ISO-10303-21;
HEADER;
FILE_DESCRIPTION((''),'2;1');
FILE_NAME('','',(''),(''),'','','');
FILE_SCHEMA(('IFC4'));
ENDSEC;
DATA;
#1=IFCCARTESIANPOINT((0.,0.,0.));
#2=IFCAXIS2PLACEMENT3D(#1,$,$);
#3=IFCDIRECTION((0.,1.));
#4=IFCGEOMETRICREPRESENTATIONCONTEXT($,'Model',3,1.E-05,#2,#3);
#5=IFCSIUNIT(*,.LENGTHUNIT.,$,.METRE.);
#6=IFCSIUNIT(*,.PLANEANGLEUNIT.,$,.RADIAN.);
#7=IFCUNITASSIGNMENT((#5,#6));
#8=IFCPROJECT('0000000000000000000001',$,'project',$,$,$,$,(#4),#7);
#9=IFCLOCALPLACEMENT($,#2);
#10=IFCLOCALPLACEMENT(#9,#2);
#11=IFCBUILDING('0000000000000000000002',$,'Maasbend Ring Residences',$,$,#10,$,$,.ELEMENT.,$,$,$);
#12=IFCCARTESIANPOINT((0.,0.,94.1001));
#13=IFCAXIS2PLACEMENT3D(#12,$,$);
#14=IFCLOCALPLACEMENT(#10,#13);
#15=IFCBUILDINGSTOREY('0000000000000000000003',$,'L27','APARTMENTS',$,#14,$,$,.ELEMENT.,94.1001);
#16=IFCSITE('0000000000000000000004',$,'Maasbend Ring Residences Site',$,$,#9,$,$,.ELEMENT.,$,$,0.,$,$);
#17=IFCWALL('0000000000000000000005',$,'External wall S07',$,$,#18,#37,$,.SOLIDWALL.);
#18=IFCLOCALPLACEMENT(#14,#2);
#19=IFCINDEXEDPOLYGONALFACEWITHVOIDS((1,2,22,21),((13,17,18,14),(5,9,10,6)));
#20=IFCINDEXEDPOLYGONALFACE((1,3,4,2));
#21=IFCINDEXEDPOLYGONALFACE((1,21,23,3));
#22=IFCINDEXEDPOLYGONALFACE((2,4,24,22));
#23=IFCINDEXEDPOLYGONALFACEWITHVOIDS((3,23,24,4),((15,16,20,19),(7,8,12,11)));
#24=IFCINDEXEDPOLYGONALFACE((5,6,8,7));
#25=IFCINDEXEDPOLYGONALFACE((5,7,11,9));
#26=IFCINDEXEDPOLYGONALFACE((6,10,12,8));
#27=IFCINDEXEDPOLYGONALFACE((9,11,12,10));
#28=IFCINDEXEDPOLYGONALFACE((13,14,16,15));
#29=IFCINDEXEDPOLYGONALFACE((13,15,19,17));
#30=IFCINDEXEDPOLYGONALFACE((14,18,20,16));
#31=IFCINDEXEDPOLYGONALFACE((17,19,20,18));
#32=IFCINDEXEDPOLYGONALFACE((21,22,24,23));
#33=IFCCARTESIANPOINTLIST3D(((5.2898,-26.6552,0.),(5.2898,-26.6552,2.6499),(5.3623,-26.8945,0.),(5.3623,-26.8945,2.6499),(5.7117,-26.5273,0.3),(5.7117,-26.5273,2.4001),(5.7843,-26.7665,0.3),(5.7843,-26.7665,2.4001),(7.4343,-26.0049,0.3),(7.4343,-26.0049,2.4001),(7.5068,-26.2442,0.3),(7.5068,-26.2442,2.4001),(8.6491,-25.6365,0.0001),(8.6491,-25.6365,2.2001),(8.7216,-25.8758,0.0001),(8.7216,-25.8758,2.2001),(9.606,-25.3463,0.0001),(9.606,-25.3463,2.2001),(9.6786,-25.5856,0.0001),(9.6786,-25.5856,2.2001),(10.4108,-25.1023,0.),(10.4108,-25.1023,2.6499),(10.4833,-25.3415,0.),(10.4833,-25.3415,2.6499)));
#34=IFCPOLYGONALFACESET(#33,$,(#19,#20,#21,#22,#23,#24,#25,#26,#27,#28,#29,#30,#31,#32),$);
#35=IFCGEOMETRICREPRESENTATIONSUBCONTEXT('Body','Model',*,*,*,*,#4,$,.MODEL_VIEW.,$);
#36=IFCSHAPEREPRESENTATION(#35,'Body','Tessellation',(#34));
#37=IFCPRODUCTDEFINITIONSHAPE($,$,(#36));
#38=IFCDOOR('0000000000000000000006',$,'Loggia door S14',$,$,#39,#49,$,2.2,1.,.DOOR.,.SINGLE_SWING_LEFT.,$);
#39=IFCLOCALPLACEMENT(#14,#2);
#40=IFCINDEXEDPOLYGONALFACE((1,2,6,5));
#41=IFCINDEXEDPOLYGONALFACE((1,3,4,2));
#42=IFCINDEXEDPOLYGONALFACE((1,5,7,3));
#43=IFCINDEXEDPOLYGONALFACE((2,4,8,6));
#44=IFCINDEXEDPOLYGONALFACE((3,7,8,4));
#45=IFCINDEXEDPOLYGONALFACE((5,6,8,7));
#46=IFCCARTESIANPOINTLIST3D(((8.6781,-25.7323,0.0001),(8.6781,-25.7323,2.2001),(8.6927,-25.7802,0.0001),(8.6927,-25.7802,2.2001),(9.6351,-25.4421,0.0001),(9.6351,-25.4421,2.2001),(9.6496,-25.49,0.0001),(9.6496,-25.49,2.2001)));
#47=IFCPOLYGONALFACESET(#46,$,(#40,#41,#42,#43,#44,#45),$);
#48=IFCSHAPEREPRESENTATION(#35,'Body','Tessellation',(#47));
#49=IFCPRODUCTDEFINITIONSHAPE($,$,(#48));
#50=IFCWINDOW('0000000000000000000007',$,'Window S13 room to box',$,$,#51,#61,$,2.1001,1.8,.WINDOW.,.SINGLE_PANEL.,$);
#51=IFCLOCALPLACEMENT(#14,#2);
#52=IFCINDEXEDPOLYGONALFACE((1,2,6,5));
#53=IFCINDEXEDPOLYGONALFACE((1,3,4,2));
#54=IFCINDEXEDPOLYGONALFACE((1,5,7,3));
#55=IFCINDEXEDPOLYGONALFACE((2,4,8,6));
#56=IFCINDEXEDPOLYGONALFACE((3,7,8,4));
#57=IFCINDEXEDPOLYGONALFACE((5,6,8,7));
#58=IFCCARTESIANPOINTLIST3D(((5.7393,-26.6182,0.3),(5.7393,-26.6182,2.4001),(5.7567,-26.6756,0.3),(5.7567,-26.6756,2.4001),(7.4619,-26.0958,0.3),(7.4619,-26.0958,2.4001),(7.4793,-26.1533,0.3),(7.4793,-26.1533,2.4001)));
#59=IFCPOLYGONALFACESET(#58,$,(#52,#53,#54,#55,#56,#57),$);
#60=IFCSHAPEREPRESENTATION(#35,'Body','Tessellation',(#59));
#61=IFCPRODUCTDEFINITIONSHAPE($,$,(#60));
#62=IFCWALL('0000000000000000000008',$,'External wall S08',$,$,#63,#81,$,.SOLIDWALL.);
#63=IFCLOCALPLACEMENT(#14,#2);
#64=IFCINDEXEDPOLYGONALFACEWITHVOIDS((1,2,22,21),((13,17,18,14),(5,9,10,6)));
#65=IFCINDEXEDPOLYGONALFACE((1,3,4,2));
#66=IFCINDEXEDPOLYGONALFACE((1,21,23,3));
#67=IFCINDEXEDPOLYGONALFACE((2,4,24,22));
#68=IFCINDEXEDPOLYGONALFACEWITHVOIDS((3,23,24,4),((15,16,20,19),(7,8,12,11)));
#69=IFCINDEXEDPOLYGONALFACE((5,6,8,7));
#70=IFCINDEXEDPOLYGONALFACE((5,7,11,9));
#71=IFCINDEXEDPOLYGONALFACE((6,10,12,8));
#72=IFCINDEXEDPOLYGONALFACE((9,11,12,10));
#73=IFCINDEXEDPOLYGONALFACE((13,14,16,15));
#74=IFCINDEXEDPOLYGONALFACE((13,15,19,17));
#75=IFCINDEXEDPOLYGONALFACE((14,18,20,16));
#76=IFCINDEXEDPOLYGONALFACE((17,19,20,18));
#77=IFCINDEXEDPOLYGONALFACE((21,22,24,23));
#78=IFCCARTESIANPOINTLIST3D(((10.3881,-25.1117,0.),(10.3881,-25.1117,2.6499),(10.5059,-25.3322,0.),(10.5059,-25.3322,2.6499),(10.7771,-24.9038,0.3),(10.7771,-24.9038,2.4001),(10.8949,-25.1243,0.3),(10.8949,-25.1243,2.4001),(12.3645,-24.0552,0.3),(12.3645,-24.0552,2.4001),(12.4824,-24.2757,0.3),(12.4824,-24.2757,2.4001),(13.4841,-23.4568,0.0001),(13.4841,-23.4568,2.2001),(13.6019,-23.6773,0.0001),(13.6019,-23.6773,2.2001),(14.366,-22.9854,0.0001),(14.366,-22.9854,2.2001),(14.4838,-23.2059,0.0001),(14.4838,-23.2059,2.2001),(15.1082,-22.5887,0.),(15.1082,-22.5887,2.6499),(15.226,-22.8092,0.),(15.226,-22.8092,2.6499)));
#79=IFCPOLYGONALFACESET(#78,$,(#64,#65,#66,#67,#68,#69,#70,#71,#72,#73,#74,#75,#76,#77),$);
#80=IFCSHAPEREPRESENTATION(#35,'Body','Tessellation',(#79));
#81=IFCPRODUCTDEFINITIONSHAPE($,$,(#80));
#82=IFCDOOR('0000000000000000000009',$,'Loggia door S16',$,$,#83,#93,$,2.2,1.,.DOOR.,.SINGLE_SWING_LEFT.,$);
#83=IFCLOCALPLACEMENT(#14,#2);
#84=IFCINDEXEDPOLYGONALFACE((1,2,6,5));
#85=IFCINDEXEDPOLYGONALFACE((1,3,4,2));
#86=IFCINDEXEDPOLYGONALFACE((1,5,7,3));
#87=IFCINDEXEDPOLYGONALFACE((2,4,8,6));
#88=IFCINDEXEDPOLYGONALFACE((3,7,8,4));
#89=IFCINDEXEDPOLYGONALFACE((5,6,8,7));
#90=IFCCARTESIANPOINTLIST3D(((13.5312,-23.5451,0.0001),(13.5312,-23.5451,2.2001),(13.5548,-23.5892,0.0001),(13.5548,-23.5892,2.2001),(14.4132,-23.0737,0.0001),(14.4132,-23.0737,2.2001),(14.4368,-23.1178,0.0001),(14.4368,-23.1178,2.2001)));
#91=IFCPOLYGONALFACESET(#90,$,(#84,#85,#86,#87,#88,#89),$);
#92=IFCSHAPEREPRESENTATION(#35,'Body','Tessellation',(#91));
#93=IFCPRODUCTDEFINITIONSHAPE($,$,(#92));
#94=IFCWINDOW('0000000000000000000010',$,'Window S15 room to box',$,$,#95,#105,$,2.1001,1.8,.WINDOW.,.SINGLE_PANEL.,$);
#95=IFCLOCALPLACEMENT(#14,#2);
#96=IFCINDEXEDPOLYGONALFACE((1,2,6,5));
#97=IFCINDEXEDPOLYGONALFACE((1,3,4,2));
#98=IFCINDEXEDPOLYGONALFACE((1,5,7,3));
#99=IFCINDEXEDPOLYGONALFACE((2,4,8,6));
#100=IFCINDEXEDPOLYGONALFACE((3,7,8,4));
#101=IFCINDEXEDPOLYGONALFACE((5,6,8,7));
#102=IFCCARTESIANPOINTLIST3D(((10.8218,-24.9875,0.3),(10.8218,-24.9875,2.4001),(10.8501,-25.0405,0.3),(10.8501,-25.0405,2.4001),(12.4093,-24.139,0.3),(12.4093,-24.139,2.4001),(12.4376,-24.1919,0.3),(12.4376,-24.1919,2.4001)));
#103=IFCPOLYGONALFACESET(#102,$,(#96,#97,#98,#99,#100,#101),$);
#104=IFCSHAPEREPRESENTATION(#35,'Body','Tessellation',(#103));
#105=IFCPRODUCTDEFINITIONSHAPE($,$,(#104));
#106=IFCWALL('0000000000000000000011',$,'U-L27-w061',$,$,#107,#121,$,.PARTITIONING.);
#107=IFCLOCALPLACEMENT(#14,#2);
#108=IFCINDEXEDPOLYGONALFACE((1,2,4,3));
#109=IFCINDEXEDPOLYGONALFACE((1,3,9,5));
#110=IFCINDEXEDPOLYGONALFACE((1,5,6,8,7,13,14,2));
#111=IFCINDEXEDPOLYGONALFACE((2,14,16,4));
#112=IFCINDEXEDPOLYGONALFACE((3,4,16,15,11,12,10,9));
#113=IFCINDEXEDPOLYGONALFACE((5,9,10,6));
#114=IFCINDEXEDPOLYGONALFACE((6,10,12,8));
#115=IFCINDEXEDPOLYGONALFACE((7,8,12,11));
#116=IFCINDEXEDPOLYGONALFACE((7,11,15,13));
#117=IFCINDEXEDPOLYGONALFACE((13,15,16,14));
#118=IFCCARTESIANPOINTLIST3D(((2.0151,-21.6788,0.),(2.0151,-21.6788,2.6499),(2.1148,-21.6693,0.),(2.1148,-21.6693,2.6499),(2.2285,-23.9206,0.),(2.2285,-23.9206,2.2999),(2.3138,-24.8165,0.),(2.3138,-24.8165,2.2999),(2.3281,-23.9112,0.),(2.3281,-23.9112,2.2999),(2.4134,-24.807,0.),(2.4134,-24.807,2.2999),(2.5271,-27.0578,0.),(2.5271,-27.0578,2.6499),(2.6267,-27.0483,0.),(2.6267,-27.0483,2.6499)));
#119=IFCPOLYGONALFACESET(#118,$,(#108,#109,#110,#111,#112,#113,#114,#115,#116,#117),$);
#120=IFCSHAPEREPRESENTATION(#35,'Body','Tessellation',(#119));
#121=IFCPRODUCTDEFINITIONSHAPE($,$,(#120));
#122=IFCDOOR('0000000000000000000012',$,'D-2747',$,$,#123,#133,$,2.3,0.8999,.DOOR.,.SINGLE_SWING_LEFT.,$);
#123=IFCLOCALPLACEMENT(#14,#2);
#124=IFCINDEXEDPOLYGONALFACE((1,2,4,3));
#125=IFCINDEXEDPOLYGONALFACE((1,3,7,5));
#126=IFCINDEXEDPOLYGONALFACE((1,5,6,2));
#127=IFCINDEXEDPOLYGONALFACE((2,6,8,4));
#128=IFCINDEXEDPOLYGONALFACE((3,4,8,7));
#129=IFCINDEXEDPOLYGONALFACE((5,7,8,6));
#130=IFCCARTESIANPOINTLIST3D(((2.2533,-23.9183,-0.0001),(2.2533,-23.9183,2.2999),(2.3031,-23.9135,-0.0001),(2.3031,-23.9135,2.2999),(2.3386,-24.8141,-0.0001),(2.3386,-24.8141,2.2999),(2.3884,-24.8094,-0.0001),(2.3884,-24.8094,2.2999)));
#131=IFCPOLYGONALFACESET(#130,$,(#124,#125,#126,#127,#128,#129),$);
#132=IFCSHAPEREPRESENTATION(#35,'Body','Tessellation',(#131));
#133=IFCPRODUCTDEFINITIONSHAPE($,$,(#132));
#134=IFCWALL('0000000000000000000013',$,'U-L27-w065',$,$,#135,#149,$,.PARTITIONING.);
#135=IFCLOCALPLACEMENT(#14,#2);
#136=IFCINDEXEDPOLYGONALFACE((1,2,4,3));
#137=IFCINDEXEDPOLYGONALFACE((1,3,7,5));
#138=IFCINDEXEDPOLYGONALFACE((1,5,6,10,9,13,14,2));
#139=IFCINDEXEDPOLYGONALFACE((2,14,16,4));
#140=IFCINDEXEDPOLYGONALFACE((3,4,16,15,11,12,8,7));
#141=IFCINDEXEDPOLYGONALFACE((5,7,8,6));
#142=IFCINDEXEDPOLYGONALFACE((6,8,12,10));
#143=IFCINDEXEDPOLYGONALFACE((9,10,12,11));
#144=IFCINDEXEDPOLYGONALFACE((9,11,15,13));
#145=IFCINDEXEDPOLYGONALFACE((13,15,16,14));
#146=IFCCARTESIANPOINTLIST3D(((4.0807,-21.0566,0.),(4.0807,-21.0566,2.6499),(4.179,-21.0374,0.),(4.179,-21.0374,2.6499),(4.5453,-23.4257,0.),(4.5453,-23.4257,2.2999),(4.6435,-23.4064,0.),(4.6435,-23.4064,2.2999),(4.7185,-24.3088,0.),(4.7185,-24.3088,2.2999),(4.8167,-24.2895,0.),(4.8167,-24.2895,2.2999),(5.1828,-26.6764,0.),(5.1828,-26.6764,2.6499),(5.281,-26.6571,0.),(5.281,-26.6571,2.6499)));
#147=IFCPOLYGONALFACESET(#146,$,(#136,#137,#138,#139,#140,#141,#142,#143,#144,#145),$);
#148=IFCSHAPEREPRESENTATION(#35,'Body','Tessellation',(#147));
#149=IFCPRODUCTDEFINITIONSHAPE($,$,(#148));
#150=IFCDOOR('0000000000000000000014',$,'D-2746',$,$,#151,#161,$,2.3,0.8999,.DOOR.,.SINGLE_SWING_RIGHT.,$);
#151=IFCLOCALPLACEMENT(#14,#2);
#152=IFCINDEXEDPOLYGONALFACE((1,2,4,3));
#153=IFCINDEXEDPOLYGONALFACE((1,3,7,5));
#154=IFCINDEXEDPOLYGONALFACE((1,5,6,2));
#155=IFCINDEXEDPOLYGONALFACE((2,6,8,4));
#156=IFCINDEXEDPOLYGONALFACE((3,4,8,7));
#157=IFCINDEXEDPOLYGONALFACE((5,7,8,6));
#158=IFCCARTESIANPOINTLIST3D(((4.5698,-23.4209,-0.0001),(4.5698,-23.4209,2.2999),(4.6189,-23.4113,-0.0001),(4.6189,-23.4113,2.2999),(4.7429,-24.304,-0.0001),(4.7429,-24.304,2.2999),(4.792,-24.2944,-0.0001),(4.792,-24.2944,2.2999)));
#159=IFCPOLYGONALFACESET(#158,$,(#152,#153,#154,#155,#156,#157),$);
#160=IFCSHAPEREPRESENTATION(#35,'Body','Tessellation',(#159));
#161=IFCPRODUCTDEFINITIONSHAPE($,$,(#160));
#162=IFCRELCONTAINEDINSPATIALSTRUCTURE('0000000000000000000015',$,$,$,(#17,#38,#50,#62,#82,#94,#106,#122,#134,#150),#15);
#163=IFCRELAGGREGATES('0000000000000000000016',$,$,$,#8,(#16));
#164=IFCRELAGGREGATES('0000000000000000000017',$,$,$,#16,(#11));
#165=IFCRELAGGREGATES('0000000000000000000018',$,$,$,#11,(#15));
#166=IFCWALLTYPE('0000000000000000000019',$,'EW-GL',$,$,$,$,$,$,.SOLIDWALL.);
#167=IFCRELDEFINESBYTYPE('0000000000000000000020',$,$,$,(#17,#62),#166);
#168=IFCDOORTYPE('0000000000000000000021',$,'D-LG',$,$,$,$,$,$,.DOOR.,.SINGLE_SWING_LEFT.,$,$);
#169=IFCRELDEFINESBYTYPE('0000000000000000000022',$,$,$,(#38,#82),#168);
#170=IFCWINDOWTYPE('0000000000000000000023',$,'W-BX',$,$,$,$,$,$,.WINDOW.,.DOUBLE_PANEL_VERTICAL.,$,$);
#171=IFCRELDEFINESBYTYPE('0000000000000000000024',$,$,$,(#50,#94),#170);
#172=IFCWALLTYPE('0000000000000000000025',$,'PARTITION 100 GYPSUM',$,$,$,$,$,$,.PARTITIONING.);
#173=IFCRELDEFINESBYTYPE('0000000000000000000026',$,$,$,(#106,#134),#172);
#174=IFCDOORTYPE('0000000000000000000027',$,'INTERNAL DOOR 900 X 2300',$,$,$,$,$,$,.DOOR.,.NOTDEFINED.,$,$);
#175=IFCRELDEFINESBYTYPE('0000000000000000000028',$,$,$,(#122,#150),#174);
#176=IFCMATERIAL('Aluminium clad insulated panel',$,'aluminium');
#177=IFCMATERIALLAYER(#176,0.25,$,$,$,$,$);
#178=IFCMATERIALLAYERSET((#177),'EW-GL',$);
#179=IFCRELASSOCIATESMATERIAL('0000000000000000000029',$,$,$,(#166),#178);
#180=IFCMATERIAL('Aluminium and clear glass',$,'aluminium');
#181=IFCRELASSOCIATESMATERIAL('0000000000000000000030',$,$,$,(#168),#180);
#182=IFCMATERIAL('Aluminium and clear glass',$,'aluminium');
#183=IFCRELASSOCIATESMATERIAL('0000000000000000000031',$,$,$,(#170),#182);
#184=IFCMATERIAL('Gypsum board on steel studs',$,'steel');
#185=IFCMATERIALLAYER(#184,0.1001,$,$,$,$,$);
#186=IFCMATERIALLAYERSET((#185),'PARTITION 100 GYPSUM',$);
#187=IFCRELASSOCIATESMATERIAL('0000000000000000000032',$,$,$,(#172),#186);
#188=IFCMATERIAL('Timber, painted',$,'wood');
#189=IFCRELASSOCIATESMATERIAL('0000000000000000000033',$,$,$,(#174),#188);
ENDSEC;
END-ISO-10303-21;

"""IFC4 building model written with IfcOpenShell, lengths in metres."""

from ifc_helpers import new_model, si_unit, direction, frame, frame_2d, origin, place, context, subcontext, project, spatial, rectangle, extrude, material, layer, layer_set, type_object, element, fill, save


model = new_model("IFC4")

# Units and contexts
model_context = context("Model", 3, precision=1e-05, world=origin(), true_north=direction((0.0, 1.0)))
body_context = subcontext(model_context, "Body", "Model", "MODEL_VIEW")
ifc_project = project(units=[si_unit("LENGTHUNIT", "METRE"), si_unit("PLANEANGLEUNIT", "RADIAN")], contexts=[model_context])

# Site, building, storey
site_placement = place(None, origin())
site = spatial("IfcSite", under=ifc_project, at=site_placement, Name="Maasbend Ring Residences Site", CompositionType="ELEMENT", RefElevation=0.0)
building_placement = place(site_placement, origin())
building = spatial("IfcBuilding", under=site, at=building_placement, Name="Maasbend Ring Residences", CompositionType="ELEMENT")
storey_placement = place(building_placement, frame((0.0, 0.0, 94.1001)))
storey = spatial("IfcBuildingStorey", under=building, at=storey_placement, Name="L27", Description="APARTMENTS", CompositionType="ELEMENT", Elevation=94.1001)

# Walls, openings, doors, windows
ifc_material_1 = material(Name="Aluminium clad insulated panel", Category="aluminium")
ifc_layer_1 = layer(ifc_material_1, 0.25)
ifc_layer_set_1 = layer_set([ifc_layer_1], Name="EW-GL")
wall_type_1 = type_object("IfcWallType", Name="EW-GL", PredefinedType="SOLIDWALL", material=ifc_layer_set_1)
wall_1_placement = place(storey_placement, frame((5.3259, -26.7749, 0.0), z_axis=(0.0, 0.0, 1.0), x_axis=(0.956966, 0.290201, 0.0)))
wall_1 = element("IfcWall", 1, at=wall_1_placement, inside=storey, type_object=wall_type_1, Name="External wall S07", PredefinedType="SOLIDWALL", context=body_context, shape_type="SweptSolid", body=[
    extrude(rectangle(XDim=5.3513, YDim=0.25, at=frame_2d((2.6758, 0.0))), origin(), (0.0, 0.0, 1.0), 2.6499),
])
opening_1_placement = place(wall_1_placement, frame((0.4412, 0.0, 0.3)))
opening_1 = element("IfcOpeningElement", 2, at=opening_1_placement, cuts=wall_1, PredefinedType="OPENING", context=body_context, shape_type="SweptSolid", body=[
    extrude(rectangle(XDim=1.8, YDim=2.1001, at=frame_2d((0.8999, 1.05))), frame((0.0, 0.135, 0.0), z_axis=(0.0, -1.0, 0.0), x_axis=(1.0, 0.0, 0.0)), (0.0, 0.0, 1.0), 0.27),
])
opening_2_placement = place(wall_1_placement, frame((3.5105, 0.0, 0.0)))
opening_2 = element("IfcOpeningElement", 3, at=opening_2_placement, cuts=wall_1, PredefinedType="OPENING", context=body_context, shape_type="SweptSolid", body=[
    extrude(rectangle(XDim=1.0, YDim=2.2, at=frame_2d((0.5, 1.1001))), frame((0.0, 0.135, 0.0), z_axis=(0.0, -1.0, 0.0), x_axis=(1.0, 0.0, 0.0)), (0.0, 0.0, 1.0), 0.27),
])
ifc_material_2 = material(Name="Aluminium and clear glass", Category="aluminium")
door_type_1 = type_object("IfcDoorType", Name="D-LG", OperationType="SINGLE_SWING_LEFT", PredefinedType="DOOR", material=ifc_material_2)
door_1_placement = place(opening_2_placement, origin())
door_1 = element("IfcDoor", 4, at=door_1_placement, inside=storey, type_object=door_type_1, Name="Loggia door S14", OperationType="SINGLE_SWING_LEFT", OverallHeight=2.2, OverallWidth=1.0, PredefinedType="DOOR", context=body_context, shape_type="SweptSolid", body=[
    extrude(rectangle(XDim=1.0, YDim=2.2, at=frame_2d((0.5, 1.1001))), frame((0.0, 0.0249, 0.0), z_axis=(0.0, -1.0, 0.0), x_axis=(1.0, 0.0, 0.0)), (0.0, 0.0, 1.0), 0.05),
])
fill(opening_2, door_1)
ifc_material_3 = material(Name="Aluminium and clear glass", Category="aluminium")
window_type_1 = type_object("IfcWindowType", Name="W-BX", PartitioningType="DOUBLE_PANEL_VERTICAL", PredefinedType="WINDOW", material=ifc_material_3)
window_1_placement = place(opening_1_placement, origin())
window_1 = element("IfcWindow", 5, at=window_1_placement, inside=storey, type_object=window_type_1, Name="Window S13 room to box", OverallHeight=2.1001, OverallWidth=1.8, PartitioningType="SINGLE_PANEL", PredefinedType="WINDOW", context=body_context, shape_type="SweptSolid", body=[
    extrude(rectangle(XDim=1.8, YDim=2.1001, at=frame_2d((0.8999, 1.05))), frame((0.0, 0.03, 0.0), z_axis=(0.0, -1.0, 0.0), x_axis=(1.0, 0.0, 0.0)), (0.0, 0.0, 1.0), 0.0601),
])
fill(opening_1, window_1)
wall_2_placement = place(storey_placement, frame((10.447, -25.2219, 0.0), z_axis=(0.0, 0.0, 1.0), x_axis=(0.881916, 0.471407, 0.0)))
wall_2 = element("IfcWall", 6, at=wall_2_placement, inside=storey, type_object=wall_type_1, Name="External wall S08", PredefinedType="SOLIDWALL", context=body_context, shape_type="SweptSolid", body=[
    extrude(rectangle(XDim=5.3521, YDim=0.25, at=frame_2d((2.676, 0.0))), origin(), (0.0, 0.0, 1.0), 2.6499),
])
opening_3_placement = place(wall_2_placement, frame((0.4412, 0.0, 0.3)))
opening_3 = element("IfcOpeningElement", 7, at=opening_3_placement, cuts=wall_2, PredefinedType="OPENING", context=body_context, shape_type="SweptSolid", body=[
    extrude(rectangle(XDim=1.8, YDim=2.1001, at=frame_2d((0.8999, 1.05))), frame((0.0, 0.135, 0.0), z_axis=(0.0, -1.0, 0.0), x_axis=(1.0, 0.0, 0.0)), (0.0, 0.0, 1.0), 0.27),
])
opening_4_placement = place(wall_2_placement, frame((3.5105, 0.0, 0.0)))
opening_4 = element("IfcOpeningElement", 8, at=opening_4_placement, cuts=wall_2, PredefinedType="OPENING", context=body_context, shape_type="SweptSolid", body=[
    extrude(rectangle(XDim=1.0, YDim=2.2, at=frame_2d((0.5, 1.1001))), frame((0.0, 0.135, 0.0), z_axis=(0.0, -1.0, 0.0), x_axis=(1.0, 0.0, 0.0)), (0.0, 0.0, 1.0), 0.27),
])
door_2_placement = place(opening_4_placement, origin())
door_2 = element("IfcDoor", 9, at=door_2_placement, inside=storey, type_object=door_type_1, Name="Loggia door S16", OperationType="SINGLE_SWING_LEFT", OverallHeight=2.2, OverallWidth=1.0, PredefinedType="DOOR", context=body_context, shape_type="SweptSolid", body=[
    extrude(rectangle(XDim=1.0, YDim=2.2, at=frame_2d((0.5, 1.1001))), frame((0.0, 0.0249, 0.0), z_axis=(0.0, -1.0, 0.0), x_axis=(1.0, 0.0, 0.0)), (0.0, 0.0, 1.0), 0.05),
])
fill(opening_4, door_2)
window_2_placement = place(opening_3_placement, origin())
window_2 = element("IfcWindow", 10, at=window_2_placement, inside=storey, type_object=window_type_1, Name="Window S15 room to box", OverallHeight=2.1001, OverallWidth=1.8, PartitioningType="SINGLE_PANEL", PredefinedType="WINDOW", context=body_context, shape_type="SweptSolid", body=[
    extrude(rectangle(XDim=1.8, YDim=2.1001, at=frame_2d((0.8999, 1.05))), frame((0.0, 0.03, 0.0), z_axis=(0.0, -1.0, 0.0), x_axis=(1.0, 0.0, 0.0)), (0.0, 0.0, 1.0), 0.0601),
])
fill(opening_3, window_2)

# Walls, openings, doors
ifc_material_4 = material(Name="Gypsum board on steel studs", Category="steel")
ifc_layer_2 = layer(ifc_material_4, 0.1001)
ifc_layer_set_2 = layer_set([ifc_layer_2], Name="PARTITION 100 GYPSUM")
wall_type_2 = type_object("IfcWallType", Name="PARTITION 100 GYPSUM", PredefinedType="PARTITIONING", material=ifc_layer_set_2)
wall_3_placement = place(storey_placement, frame((2.0649, -21.6741, 0.0), z_axis=(0.0, 0.0, 1.0), x_axis=(0.094752, -0.995501, 0.0)))
wall_3 = element("IfcWall", 11, at=wall_3_placement, inside=storey, type_object=wall_type_2, Name="U-L27-w061", PredefinedType="PARTITIONING", context=body_context, shape_type="SweptSolid", body=[
    extrude(rectangle(XDim=5.4033, YDim=0.1001, at=frame_2d((2.7017, 0.0))), origin(), (0.0, 0.0, 1.0), 2.6499),
])
opening_5_placement = place(wall_3_placement, frame((2.252, 0.0, 0.0)))
opening_5 = element("IfcOpeningElement", 12, at=opening_5_placement, cuts=wall_3, PredefinedType="OPENING", context=body_context, shape_type="SweptSolid", body=[
    extrude(rectangle(XDim=0.8999, YDim=2.3, at=frame_2d((0.45, 1.1499))), frame((0.0, 0.0601, 0.0), z_axis=(0.0, -1.0, 0.0), x_axis=(1.0, 0.0, 0.0)), (0.0, 0.0, 1.0), 0.1201),
])
ifc_material_5 = material(Name="Timber, painted", Category="wood")
door_type_2 = type_object("IfcDoorType", Name="INTERNAL DOOR 900 X 2300", OperationType="NOTDEFINED", PredefinedType="DOOR", material=ifc_material_5)
door_3_placement = place(opening_5_placement, origin())
door_3 = element("IfcDoor", 13, at=door_3_placement, inside=storey, type_object=door_type_2, Name="D-2747", OperationType="SINGLE_SWING_LEFT", OverallHeight=2.3, OverallWidth=0.8999, PredefinedType="DOOR", context=body_context, shape_type="SweptSolid", body=[
    extrude(rectangle(XDim=0.8999, YDim=2.3, at=frame_2d((0.45, 1.1499))), frame((0.0, 0.0249, 0.0), z_axis=(0.0, -1.0, 0.0), x_axis=(1.0, 0.0, 0.0)), (0.0, 0.0, 1.0), 0.05),
])
fill(opening_5, door_3)
wall_4_placement = place(storey_placement, frame((4.1299, -21.0471, 0.0), z_axis=(0.0, 0.0, 1.0), x_axis=(0.192434, -0.98131, 0.0)))
wall_4 = element("IfcWall", 14, at=wall_4_placement, inside=storey, type_object=wall_type_2, Name="U-L27-w065", PredefinedType="PARTITIONING", context=body_context, shape_type="SweptSolid", body=[
    extrude(rectangle(XDim=5.7268, YDim=0.1001, at=frame_2d((2.8633, 0.0))), origin(), (0.0, 0.0, 1.0), 2.6499),
])
opening_6_placement = place(wall_4_placement, frame((2.4141, 0.0, 0.0)))
opening_6 = element("IfcOpeningElement", 15, at=opening_6_placement, cuts=wall_4, PredefinedType="OPENING", context=body_context, shape_type="SweptSolid", body=[
    extrude(rectangle(XDim=0.8999, YDim=2.3, at=frame_2d((0.45, 1.1499))), frame((0.0, 0.0601, 0.0), z_axis=(0.0, -1.0, 0.0), x_axis=(1.0, 0.0, 0.0)), (0.0, 0.0, 1.0), 0.1201),
])
door_4_placement = place(opening_6_placement, origin())
door_4 = element("IfcDoor", 16, at=door_4_placement, inside=storey, type_object=door_type_2, Name="D-2746", OperationType="SINGLE_SWING_RIGHT", OverallHeight=2.3, OverallWidth=0.8999, PredefinedType="DOOR", context=body_context, shape_type="SweptSolid", body=[
    extrude(rectangle(XDim=0.8999, YDim=2.3, at=frame_2d((0.45, 1.1499))), frame((0.0, 0.0249, 0.0), z_axis=(0.0, -1.0, 0.0), x_axis=(1.0, 0.0, 0.0)), (0.0, 0.0, 1.0), 0.05),
])
fill(opening_6, door_4)

save(model, "model.ifc")
